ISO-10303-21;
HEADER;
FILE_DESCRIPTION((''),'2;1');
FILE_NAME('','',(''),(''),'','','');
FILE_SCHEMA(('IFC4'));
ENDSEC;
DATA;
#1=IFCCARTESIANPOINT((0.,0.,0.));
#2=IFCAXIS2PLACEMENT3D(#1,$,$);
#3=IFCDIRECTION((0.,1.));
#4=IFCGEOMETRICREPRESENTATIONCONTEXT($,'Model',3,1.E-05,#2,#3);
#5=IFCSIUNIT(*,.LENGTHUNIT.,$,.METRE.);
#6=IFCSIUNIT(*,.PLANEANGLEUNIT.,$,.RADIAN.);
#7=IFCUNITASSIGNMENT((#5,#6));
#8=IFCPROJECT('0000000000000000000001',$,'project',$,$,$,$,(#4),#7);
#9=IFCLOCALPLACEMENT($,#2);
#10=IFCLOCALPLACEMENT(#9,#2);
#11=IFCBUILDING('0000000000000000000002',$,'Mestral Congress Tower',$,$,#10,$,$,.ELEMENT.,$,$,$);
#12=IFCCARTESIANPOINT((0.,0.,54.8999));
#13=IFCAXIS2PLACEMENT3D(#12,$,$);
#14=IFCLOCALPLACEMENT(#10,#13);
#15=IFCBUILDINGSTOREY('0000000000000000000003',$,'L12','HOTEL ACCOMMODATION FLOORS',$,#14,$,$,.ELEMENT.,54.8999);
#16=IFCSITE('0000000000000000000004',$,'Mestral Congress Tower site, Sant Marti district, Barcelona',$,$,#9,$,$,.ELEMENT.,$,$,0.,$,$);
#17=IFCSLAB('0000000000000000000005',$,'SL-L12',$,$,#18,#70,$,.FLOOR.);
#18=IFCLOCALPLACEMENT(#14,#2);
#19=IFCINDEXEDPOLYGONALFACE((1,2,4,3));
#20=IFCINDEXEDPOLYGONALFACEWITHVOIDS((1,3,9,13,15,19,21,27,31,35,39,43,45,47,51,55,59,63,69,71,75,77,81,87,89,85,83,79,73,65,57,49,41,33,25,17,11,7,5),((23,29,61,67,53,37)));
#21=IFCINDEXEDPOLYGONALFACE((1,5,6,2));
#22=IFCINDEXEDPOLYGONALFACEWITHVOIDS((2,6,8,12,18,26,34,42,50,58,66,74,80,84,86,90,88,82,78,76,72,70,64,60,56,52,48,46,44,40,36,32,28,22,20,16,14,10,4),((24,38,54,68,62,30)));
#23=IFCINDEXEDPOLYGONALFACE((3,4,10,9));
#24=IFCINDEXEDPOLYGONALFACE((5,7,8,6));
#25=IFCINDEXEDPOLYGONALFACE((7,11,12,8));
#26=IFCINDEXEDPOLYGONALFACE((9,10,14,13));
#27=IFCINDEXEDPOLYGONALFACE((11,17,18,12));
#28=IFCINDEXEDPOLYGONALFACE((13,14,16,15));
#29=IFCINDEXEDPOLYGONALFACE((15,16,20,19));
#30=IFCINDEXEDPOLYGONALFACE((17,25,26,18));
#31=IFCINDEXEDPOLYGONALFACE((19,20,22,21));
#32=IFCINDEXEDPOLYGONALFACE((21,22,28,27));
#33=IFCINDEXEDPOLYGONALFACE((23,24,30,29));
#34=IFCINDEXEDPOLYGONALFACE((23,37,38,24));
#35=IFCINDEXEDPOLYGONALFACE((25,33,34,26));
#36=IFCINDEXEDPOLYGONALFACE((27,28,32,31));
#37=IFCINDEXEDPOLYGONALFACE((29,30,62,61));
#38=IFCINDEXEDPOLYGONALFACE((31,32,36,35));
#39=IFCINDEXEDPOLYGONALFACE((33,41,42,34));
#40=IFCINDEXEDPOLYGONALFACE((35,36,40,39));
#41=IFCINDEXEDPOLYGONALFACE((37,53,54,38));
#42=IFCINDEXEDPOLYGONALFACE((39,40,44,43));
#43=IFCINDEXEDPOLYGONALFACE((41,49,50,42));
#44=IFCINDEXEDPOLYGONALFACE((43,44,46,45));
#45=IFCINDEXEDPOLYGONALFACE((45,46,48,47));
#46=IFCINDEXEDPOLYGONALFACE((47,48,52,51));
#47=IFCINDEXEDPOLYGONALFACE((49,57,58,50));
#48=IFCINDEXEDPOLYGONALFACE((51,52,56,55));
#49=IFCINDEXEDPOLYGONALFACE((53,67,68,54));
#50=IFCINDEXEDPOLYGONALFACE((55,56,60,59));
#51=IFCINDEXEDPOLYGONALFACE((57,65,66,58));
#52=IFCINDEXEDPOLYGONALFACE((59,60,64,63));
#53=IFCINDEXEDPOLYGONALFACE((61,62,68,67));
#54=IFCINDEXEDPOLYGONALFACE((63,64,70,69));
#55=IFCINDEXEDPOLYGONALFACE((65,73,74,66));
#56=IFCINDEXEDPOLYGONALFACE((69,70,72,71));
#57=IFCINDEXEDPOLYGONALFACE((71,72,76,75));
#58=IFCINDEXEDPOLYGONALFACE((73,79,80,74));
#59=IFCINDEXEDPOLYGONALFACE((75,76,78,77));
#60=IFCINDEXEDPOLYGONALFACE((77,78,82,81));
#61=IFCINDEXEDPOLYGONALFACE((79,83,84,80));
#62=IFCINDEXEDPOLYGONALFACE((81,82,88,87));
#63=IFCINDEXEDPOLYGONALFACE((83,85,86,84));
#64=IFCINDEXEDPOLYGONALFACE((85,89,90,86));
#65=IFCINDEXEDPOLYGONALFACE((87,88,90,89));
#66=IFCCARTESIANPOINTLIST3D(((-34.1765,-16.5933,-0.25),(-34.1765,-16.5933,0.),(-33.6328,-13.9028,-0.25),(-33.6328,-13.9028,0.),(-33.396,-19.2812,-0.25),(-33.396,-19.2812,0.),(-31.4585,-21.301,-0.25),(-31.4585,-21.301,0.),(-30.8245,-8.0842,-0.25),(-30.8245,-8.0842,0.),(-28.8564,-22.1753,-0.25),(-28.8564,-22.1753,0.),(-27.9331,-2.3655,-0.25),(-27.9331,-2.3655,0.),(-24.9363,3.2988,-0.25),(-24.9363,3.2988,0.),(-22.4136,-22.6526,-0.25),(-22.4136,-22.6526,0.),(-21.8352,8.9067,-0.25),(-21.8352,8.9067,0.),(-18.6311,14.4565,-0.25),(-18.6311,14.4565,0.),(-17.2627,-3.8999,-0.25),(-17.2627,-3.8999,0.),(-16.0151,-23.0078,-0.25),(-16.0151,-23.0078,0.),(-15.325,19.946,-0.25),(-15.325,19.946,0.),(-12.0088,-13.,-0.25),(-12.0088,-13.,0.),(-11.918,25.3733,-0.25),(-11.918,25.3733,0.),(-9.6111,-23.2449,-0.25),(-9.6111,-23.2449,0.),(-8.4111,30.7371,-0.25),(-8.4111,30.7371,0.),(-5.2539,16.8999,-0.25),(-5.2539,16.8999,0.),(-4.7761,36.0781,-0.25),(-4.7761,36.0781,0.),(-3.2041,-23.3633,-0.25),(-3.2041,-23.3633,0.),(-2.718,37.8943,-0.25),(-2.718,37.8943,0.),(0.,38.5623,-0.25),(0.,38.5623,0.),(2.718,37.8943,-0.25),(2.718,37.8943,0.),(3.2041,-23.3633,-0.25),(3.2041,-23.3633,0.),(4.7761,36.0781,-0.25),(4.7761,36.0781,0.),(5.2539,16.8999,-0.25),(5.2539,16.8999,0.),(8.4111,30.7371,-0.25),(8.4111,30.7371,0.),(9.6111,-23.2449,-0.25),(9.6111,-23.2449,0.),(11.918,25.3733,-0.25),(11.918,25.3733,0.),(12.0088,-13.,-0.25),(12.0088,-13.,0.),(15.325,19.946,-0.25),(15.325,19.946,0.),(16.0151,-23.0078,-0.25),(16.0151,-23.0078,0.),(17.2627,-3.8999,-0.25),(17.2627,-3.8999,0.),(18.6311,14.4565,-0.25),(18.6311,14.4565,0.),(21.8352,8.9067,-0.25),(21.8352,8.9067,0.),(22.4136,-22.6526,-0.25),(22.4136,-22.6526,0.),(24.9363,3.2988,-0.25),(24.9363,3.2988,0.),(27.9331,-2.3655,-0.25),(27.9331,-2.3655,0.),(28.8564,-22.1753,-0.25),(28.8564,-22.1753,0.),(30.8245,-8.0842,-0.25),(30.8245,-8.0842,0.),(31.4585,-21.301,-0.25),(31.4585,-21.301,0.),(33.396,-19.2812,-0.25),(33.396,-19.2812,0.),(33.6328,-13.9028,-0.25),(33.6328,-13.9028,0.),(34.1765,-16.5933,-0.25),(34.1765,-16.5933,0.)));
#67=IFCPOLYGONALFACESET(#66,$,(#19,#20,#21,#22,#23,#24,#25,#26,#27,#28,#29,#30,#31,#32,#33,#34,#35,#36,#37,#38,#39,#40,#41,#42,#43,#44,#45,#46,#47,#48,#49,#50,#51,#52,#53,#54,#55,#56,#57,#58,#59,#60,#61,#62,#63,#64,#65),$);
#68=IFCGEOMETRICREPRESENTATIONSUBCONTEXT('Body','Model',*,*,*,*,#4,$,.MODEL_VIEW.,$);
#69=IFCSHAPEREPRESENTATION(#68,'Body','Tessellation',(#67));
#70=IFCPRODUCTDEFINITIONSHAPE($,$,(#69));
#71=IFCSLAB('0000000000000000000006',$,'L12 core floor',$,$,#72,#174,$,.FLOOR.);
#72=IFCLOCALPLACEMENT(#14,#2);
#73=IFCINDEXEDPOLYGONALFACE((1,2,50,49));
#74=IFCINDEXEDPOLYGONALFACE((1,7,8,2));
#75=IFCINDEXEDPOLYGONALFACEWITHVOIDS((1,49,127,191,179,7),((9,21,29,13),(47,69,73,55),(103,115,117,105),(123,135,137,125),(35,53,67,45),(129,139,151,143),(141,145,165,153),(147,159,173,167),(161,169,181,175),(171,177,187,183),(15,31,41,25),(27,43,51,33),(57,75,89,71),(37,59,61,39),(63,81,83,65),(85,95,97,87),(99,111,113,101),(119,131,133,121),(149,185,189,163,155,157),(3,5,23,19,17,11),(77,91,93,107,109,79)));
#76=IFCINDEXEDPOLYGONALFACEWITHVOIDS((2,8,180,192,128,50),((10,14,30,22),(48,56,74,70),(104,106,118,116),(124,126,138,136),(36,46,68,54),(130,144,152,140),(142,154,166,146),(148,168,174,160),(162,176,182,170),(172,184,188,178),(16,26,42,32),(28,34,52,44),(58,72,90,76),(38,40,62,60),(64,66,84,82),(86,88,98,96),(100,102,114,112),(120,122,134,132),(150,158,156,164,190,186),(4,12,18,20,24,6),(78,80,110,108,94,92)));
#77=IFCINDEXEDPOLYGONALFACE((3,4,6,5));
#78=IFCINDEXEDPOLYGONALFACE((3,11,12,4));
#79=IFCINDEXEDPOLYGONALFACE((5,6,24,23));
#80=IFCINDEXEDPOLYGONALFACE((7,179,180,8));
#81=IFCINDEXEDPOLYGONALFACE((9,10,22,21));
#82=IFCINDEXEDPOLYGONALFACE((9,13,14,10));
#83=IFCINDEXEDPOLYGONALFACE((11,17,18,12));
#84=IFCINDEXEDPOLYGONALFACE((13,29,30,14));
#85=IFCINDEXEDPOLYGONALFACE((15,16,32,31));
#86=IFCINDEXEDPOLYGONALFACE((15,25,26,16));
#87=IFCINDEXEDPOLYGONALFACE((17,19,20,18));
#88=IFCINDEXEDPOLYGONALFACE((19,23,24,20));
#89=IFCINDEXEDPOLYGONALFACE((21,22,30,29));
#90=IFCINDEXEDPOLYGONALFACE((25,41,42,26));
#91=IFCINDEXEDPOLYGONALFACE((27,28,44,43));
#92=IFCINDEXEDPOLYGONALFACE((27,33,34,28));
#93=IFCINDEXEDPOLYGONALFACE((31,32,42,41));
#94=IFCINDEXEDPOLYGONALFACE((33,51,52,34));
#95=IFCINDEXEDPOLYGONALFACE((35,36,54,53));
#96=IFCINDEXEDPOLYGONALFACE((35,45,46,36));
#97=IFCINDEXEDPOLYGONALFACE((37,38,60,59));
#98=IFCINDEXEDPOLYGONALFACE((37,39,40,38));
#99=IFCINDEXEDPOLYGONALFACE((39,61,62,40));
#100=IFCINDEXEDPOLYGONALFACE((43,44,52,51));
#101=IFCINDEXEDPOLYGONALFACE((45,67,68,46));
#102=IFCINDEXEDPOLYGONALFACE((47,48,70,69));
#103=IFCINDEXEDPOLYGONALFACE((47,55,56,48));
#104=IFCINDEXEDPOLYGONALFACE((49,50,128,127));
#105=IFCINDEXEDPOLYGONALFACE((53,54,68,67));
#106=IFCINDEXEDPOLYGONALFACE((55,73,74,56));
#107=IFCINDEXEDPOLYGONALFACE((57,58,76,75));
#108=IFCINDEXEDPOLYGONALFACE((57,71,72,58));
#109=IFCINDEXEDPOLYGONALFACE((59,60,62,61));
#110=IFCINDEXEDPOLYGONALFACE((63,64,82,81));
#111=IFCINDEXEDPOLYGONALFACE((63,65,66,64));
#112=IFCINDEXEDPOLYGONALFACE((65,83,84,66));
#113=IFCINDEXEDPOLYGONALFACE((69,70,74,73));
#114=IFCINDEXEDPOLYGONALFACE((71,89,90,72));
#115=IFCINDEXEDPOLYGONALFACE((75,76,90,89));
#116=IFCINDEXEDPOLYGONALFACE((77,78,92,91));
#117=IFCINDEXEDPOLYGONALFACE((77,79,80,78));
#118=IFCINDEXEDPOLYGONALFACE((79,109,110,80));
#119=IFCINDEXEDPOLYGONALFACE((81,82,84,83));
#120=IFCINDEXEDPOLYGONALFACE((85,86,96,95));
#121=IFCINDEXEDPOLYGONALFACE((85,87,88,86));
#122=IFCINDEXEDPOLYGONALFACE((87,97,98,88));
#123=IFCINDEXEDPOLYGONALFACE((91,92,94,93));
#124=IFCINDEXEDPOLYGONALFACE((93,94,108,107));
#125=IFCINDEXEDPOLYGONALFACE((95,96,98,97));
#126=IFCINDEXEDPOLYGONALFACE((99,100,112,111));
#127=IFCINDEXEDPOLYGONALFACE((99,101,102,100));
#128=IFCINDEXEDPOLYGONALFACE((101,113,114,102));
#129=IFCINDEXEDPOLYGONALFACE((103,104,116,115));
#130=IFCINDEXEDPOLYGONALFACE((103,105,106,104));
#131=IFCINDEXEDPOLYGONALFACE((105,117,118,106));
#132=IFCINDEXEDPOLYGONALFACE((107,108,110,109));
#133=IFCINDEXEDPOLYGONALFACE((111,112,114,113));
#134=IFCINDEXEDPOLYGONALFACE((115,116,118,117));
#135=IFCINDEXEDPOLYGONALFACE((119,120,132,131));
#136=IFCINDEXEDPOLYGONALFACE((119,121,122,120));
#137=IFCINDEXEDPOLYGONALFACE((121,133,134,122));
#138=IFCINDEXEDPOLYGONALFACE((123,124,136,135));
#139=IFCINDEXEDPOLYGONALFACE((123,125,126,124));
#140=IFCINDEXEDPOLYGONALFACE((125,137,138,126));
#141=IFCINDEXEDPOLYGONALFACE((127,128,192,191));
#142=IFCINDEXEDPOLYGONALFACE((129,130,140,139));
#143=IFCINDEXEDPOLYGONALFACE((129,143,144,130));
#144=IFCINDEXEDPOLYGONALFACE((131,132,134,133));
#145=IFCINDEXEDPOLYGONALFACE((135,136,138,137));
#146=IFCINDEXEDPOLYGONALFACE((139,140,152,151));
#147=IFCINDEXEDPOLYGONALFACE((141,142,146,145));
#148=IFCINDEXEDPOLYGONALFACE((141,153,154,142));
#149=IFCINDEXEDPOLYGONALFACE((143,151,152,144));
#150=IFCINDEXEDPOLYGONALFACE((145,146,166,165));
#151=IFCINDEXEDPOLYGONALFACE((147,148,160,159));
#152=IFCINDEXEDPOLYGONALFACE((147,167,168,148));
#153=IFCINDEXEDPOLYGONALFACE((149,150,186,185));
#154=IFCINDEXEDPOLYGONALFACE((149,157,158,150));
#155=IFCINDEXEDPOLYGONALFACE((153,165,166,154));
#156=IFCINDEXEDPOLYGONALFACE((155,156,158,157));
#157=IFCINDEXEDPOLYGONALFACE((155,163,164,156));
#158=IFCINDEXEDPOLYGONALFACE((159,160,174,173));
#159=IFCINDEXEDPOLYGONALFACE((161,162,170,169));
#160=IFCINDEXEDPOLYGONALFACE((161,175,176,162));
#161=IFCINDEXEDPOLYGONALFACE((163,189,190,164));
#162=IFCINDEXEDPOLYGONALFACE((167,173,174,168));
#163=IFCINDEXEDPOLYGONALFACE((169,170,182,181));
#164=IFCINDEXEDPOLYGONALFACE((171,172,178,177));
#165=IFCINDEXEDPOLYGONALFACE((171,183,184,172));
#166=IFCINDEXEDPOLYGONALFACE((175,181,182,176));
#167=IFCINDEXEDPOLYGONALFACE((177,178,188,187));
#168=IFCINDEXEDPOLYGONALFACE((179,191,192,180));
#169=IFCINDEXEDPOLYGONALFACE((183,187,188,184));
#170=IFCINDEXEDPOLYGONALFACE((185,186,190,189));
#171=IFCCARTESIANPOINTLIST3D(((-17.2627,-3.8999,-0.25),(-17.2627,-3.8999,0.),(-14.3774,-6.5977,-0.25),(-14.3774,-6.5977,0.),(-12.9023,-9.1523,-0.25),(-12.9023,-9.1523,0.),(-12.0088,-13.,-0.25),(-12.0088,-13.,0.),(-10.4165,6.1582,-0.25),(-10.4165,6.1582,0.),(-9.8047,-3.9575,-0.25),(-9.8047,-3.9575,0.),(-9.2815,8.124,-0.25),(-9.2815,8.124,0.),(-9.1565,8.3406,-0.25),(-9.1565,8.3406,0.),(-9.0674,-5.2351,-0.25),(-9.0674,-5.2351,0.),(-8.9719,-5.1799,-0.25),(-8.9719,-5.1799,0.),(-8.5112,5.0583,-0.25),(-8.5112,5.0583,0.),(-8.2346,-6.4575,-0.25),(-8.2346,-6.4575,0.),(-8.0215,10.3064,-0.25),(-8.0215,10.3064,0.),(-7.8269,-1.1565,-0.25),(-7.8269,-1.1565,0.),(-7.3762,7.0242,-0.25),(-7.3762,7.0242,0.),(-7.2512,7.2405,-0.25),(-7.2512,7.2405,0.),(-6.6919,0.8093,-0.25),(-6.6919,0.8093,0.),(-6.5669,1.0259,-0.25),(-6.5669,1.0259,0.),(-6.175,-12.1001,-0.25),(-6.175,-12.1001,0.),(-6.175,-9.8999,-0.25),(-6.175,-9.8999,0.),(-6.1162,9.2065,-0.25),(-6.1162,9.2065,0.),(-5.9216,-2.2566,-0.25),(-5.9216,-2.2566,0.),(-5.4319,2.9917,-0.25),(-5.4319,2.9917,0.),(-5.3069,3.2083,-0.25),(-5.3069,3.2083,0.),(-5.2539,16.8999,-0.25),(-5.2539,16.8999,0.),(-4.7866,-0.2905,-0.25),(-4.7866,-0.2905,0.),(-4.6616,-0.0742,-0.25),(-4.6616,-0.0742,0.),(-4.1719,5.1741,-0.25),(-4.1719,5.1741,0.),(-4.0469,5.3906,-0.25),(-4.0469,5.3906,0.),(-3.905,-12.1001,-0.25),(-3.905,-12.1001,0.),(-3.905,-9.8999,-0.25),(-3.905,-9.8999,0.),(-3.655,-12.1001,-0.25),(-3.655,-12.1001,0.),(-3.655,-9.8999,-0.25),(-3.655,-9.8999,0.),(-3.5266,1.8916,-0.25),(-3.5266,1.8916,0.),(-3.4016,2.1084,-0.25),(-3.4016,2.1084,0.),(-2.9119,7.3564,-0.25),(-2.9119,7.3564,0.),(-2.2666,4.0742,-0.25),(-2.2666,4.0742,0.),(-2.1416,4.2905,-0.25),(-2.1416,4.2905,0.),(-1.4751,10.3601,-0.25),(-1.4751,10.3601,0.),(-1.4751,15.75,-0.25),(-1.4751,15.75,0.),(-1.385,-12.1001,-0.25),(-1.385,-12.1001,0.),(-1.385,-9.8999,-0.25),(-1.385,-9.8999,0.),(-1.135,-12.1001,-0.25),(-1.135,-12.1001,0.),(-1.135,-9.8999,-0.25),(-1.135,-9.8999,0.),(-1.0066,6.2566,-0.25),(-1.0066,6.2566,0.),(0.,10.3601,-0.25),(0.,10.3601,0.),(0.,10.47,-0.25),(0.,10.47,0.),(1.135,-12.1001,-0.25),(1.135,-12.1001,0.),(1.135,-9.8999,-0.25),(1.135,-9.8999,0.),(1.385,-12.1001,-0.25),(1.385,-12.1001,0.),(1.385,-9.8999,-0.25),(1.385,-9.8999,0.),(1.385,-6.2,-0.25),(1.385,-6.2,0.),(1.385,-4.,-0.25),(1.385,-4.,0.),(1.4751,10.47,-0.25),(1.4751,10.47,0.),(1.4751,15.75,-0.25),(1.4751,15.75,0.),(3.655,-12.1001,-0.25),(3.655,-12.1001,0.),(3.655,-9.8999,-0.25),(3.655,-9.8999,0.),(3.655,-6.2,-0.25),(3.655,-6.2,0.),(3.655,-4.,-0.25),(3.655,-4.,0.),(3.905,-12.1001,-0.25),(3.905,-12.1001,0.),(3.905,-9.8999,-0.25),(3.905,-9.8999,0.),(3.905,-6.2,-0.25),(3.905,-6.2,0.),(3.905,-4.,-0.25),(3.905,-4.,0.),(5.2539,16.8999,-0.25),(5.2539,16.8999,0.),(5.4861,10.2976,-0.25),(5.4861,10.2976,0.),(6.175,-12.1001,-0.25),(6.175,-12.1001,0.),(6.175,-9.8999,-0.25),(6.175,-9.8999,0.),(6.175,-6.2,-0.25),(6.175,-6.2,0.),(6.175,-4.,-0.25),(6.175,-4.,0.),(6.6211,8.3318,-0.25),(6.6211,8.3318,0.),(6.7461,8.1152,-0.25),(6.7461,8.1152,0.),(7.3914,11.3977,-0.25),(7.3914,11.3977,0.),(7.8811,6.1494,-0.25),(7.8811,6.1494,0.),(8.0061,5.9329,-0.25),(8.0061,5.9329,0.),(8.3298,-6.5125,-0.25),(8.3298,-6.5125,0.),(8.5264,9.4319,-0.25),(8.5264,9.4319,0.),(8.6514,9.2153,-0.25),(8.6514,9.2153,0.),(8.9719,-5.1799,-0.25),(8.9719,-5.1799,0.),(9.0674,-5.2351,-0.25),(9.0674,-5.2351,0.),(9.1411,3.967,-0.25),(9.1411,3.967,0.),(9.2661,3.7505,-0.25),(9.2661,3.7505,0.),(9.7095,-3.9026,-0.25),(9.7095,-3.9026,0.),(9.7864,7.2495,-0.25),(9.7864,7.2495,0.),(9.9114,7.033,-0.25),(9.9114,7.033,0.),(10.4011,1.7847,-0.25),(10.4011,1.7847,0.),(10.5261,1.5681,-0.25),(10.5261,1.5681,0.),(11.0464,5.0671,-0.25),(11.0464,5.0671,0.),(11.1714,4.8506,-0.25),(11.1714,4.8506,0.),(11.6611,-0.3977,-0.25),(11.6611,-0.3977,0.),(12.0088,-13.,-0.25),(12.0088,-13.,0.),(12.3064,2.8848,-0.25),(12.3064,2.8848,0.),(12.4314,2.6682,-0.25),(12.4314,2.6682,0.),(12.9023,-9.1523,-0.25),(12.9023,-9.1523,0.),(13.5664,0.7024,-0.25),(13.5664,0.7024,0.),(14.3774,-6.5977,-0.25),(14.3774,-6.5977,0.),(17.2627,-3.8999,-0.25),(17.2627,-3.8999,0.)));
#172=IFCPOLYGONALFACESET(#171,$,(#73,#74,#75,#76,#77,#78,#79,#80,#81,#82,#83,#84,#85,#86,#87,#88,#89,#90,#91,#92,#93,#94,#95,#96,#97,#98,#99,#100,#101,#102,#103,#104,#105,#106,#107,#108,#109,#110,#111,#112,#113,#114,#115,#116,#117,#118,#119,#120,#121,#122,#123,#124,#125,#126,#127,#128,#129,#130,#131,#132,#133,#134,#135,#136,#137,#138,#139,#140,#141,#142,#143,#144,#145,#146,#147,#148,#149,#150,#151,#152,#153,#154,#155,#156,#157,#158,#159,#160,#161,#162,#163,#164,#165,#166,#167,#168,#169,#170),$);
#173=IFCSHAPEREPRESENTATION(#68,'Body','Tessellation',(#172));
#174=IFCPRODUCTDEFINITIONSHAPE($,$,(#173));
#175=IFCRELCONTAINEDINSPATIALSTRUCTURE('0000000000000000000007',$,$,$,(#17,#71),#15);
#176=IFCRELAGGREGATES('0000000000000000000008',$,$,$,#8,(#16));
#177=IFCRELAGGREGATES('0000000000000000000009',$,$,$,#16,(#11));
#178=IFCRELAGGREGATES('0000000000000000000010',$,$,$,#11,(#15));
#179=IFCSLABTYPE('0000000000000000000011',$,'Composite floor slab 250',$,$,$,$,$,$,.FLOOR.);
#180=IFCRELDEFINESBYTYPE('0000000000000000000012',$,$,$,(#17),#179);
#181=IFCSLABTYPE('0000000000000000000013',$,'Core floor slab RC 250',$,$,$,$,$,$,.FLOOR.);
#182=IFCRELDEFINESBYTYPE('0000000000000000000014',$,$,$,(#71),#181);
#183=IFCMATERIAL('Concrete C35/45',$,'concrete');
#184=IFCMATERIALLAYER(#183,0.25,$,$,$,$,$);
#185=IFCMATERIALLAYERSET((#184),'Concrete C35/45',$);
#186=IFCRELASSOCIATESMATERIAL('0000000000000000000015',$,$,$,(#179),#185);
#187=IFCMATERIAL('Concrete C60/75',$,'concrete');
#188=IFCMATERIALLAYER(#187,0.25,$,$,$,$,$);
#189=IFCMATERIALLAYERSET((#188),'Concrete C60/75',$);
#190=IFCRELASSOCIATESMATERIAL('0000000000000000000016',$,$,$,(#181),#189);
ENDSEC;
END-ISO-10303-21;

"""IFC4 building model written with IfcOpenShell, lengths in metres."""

from ifc_helpers import new_model, si_unit, direction, frame, origin, place, context, subcontext, project, spatial, polyline, outline, extrude, material, layer, layer_set, type_object, element, save


model = new_model("IFC4")

# Units and contexts
model_context = context("Model", 3, precision=1e-05, world=origin(), true_north=direction((0.0, 1.0)))
body_context = subcontext(model_context, "Body", "Model", "MODEL_VIEW")
ifc_project = project(units=[si_unit("LENGTHUNIT", "METRE"), si_unit("PLANEANGLEUNIT", "RADIAN")], contexts=[model_context])

# Site, building, storey
site_placement = place(None, origin())
site = spatial("IfcSite", under=ifc_project, at=site_placement, Name="Mestral Congress Tower site, Sant Marti district, Barcelona", CompositionType="ELEMENT", RefElevation=0.0)
building_placement = place(site_placement, origin())
building = spatial("IfcBuilding", under=site, at=building_placement, Name="Mestral Congress Tower", CompositionType="ELEMENT")
storey_placement = place(building_placement, frame((0.0, 0.0, 54.8999)))
storey = spatial("IfcBuildingStorey", under=building, at=storey_placement, Name="L12", Description="HOTEL ACCOMMODATION FLOORS", CompositionType="ELEMENT", Elevation=54.8999)

# Slabs
ifc_material_1 = material(Name="Concrete C35/45", Category="concrete")
ifc_layer_1 = layer(ifc_material_1, 0.25)
ifc_layer_set_1 = layer_set([ifc_layer_1], Name="Concrete C35/45")
slab_type_1 = type_object("IfcSlabType", Name="Composite floor slab 250", PredefinedType="FLOOR", material=ifc_layer_set_1)
placement_1 = place(storey_placement, frame((0.0, 0.0, -0.25)))
element("IfcSlab", 1, at=placement_1, inside=storey, type_object=slab_type_1, Name="SL-L12", PredefinedType="FLOOR", context=body_context, shape_type="SweptSolid", body=[
    extrude(outline(polyline([(-28.8564, -22.1753), (-31.4585, -21.301), (-33.396, -19.2812), (-34.1765, -16.5933), (-33.6328, -13.9028), (-30.8245, -8.0842), (-27.9331, -2.3655), (-24.9363, 3.2988), (-21.8352, 8.9067), (-18.6311, 14.4565), (-15.325, 19.946), (-11.918, 25.3733), (-8.4111, 30.7371), (-4.7761, 36.0781), (-2.718, 37.8943), (0.0, 38.5623), (2.718, 37.8943), (4.7761, 36.0781), (8.4111, 30.7371), (11.918, 25.3733), (15.325, 19.946), (18.6311, 14.4565), (21.8352, 8.9067), (24.9363, 3.2988), (27.9331, -2.3655), (30.8245, -8.0842), (33.6328, -13.9028), (34.1765, -16.5933), (33.396, -19.2812), (31.4585, -21.301), (28.8564, -22.1753), (22.4136, -22.6526), (16.0151, -23.0078), (9.6111, -23.2449), (3.2041, -23.3633), (-3.2041, -23.3633), (-9.6111, -23.2449), (-16.0151, -23.0078), (-22.4136, -22.6526), (-28.8564, -22.1753)]), holes=[polyline([(-5.2539, 16.8999), (-17.2627, -3.8999), (-12.0088, -13.0), (12.0088, -13.0), (17.2627, -3.8999), (5.2539, 16.8999), (-5.2539, 16.8999)])]), origin(), (0.0, 0.0, 1.0), 0.25),
])
ifc_material_2 = material(Name="Concrete C60/75", Category="concrete")
ifc_layer_2 = layer(ifc_material_2, 0.25)
ifc_layer_set_2 = layer_set([ifc_layer_2], Name="Concrete C60/75")
slab_type_2 = type_object("IfcSlabType", Name="Core floor slab RC 250", PredefinedType="FLOOR", material=ifc_layer_set_2)
element("IfcSlab", 2, at=placement_1, inside=storey, type_object=slab_type_2, Name="L12 core floor", PredefinedType="FLOOR", context=body_context, shape_type="SweptSolid", body=[
    extrude(outline(polyline([(12.0088, -13.0), (-12.0088, -13.0), (-17.2627, -3.8999), (-5.2539, 16.8999), (5.2539, 16.8999), (17.2627, -3.8999), (12.0088, -13.0)]), holes=[polyline([(-3.905, -9.8999), (-6.175, -9.8999), (-6.175, -12.1001), (-3.905, -12.1001), (-3.905, -9.8999)]), polyline([(-1.385, -9.8999), (-3.655, -9.8999), (-3.655, -12.1001), (-1.385, -12.1001), (-1.385, -9.8999)]), polyline([(1.135, -9.8999), (-1.135, -9.8999), (-1.135, -12.1001), (1.135, -12.1001), (1.135, -9.8999)]), polyline([(-9.0674, -5.2351), (-9.8047, -3.9575), (-14.3774, -6.5977), (-12.9023, -9.1523), (-8.2346, -6.4575), (-8.9719, -5.1799), (-9.0674, -5.2351)]), polyline([(-7.8269, -1.1565), (-5.9216, -2.2566), (-4.7866, -0.2905), (-6.6919, 0.8093), (-7.8269, -1.1565)]), polyline([(-4.6616, -0.0742), (-3.5266, 1.8916), (-5.4319, 2.9917), (-6.5669, 1.0259), (-4.6616, -0.0742)]), polyline([(-3.4016, 2.1084), (-2.2666, 4.0742), (-4.1719, 5.1741), (-5.3069, 3.2083), (-3.4016, 2.1084)]), polyline([(-2.1416, 4.2905), (-1.0066, 6.2566), (-2.9119, 7.3564), (-4.0469, 5.3906), (-2.1416, 4.2905)]), polyline([(-10.4165, 6.1582), (-8.5112, 5.0583), (-7.3762, 7.0242), (-9.2815, 8.124), (-10.4165, 6.1582)]), polyline([(-9.1565, 8.3406), (-7.2512, 7.2405), (-6.1162, 9.2065), (-8.0215, 10.3064), (-9.1565, 8.3406)]), polyline([(1.4751, 10.47), (1.4751, 15.75), (-1.4751, 15.75), (-1.4751, 10.3601), (0.0, 10.3601), (0.0, 10.47), (1.4751, 10.47)]), polyline([(3.655, -9.8999), (1.385, -9.8999), (1.385, -12.1001), (3.655, -12.1001), (3.655, -9.8999)]), polyline([(6.175, -9.8999), (3.905, -9.8999), (3.905, -12.1001), (6.175, -12.1001), (6.175, -9.8999)]), polyline([(9.0674, -5.2351), (8.3298, -6.5125), (12.9023, -9.1523), (14.3774, -6.5977), (9.7095, -3.9026), (8.9719, -5.1799), (9.0674, -5.2351)]), polyline([(3.655, -6.2), (3.655, -4.0), (1.385, -4.0), (1.385, -6.2), (3.655, -6.2)]), polyline([(6.175, -4.0), (3.905, -4.0), (3.905, -6.2), (6.175, -6.2), (6.175, -4.0)]), polyline([(12.4314, 2.6682), (10.5261, 1.5681), (11.6611, -0.3977), (13.5664, 0.7024), (12.4314, 2.6682)]), polyline([(11.1714, 4.8506), (9.2661, 3.7505), (10.4011, 1.7847), (12.3064, 2.8848), (11.1714, 4.8506)]), polyline([(8.0061, 5.9329), (9.1411, 3.967), (11.0464, 5.0671), (9.9114, 7.033), (8.0061, 5.9329)]), polyline([(8.6514, 9.2153), (6.7461, 8.1152), (7.8811, 6.1494), (9.7864, 7.2495), (8.6514, 9.2153)]), polyline([(7.3914, 11.3977), (5.4861, 10.2976), (6.6211, 8.3318), (8.5264, 9.4319), (7.3914, 11.3977)])]), origin(), (0.0, 0.0, 1.0), 0.25),
])

save(model, "model.ifc")
